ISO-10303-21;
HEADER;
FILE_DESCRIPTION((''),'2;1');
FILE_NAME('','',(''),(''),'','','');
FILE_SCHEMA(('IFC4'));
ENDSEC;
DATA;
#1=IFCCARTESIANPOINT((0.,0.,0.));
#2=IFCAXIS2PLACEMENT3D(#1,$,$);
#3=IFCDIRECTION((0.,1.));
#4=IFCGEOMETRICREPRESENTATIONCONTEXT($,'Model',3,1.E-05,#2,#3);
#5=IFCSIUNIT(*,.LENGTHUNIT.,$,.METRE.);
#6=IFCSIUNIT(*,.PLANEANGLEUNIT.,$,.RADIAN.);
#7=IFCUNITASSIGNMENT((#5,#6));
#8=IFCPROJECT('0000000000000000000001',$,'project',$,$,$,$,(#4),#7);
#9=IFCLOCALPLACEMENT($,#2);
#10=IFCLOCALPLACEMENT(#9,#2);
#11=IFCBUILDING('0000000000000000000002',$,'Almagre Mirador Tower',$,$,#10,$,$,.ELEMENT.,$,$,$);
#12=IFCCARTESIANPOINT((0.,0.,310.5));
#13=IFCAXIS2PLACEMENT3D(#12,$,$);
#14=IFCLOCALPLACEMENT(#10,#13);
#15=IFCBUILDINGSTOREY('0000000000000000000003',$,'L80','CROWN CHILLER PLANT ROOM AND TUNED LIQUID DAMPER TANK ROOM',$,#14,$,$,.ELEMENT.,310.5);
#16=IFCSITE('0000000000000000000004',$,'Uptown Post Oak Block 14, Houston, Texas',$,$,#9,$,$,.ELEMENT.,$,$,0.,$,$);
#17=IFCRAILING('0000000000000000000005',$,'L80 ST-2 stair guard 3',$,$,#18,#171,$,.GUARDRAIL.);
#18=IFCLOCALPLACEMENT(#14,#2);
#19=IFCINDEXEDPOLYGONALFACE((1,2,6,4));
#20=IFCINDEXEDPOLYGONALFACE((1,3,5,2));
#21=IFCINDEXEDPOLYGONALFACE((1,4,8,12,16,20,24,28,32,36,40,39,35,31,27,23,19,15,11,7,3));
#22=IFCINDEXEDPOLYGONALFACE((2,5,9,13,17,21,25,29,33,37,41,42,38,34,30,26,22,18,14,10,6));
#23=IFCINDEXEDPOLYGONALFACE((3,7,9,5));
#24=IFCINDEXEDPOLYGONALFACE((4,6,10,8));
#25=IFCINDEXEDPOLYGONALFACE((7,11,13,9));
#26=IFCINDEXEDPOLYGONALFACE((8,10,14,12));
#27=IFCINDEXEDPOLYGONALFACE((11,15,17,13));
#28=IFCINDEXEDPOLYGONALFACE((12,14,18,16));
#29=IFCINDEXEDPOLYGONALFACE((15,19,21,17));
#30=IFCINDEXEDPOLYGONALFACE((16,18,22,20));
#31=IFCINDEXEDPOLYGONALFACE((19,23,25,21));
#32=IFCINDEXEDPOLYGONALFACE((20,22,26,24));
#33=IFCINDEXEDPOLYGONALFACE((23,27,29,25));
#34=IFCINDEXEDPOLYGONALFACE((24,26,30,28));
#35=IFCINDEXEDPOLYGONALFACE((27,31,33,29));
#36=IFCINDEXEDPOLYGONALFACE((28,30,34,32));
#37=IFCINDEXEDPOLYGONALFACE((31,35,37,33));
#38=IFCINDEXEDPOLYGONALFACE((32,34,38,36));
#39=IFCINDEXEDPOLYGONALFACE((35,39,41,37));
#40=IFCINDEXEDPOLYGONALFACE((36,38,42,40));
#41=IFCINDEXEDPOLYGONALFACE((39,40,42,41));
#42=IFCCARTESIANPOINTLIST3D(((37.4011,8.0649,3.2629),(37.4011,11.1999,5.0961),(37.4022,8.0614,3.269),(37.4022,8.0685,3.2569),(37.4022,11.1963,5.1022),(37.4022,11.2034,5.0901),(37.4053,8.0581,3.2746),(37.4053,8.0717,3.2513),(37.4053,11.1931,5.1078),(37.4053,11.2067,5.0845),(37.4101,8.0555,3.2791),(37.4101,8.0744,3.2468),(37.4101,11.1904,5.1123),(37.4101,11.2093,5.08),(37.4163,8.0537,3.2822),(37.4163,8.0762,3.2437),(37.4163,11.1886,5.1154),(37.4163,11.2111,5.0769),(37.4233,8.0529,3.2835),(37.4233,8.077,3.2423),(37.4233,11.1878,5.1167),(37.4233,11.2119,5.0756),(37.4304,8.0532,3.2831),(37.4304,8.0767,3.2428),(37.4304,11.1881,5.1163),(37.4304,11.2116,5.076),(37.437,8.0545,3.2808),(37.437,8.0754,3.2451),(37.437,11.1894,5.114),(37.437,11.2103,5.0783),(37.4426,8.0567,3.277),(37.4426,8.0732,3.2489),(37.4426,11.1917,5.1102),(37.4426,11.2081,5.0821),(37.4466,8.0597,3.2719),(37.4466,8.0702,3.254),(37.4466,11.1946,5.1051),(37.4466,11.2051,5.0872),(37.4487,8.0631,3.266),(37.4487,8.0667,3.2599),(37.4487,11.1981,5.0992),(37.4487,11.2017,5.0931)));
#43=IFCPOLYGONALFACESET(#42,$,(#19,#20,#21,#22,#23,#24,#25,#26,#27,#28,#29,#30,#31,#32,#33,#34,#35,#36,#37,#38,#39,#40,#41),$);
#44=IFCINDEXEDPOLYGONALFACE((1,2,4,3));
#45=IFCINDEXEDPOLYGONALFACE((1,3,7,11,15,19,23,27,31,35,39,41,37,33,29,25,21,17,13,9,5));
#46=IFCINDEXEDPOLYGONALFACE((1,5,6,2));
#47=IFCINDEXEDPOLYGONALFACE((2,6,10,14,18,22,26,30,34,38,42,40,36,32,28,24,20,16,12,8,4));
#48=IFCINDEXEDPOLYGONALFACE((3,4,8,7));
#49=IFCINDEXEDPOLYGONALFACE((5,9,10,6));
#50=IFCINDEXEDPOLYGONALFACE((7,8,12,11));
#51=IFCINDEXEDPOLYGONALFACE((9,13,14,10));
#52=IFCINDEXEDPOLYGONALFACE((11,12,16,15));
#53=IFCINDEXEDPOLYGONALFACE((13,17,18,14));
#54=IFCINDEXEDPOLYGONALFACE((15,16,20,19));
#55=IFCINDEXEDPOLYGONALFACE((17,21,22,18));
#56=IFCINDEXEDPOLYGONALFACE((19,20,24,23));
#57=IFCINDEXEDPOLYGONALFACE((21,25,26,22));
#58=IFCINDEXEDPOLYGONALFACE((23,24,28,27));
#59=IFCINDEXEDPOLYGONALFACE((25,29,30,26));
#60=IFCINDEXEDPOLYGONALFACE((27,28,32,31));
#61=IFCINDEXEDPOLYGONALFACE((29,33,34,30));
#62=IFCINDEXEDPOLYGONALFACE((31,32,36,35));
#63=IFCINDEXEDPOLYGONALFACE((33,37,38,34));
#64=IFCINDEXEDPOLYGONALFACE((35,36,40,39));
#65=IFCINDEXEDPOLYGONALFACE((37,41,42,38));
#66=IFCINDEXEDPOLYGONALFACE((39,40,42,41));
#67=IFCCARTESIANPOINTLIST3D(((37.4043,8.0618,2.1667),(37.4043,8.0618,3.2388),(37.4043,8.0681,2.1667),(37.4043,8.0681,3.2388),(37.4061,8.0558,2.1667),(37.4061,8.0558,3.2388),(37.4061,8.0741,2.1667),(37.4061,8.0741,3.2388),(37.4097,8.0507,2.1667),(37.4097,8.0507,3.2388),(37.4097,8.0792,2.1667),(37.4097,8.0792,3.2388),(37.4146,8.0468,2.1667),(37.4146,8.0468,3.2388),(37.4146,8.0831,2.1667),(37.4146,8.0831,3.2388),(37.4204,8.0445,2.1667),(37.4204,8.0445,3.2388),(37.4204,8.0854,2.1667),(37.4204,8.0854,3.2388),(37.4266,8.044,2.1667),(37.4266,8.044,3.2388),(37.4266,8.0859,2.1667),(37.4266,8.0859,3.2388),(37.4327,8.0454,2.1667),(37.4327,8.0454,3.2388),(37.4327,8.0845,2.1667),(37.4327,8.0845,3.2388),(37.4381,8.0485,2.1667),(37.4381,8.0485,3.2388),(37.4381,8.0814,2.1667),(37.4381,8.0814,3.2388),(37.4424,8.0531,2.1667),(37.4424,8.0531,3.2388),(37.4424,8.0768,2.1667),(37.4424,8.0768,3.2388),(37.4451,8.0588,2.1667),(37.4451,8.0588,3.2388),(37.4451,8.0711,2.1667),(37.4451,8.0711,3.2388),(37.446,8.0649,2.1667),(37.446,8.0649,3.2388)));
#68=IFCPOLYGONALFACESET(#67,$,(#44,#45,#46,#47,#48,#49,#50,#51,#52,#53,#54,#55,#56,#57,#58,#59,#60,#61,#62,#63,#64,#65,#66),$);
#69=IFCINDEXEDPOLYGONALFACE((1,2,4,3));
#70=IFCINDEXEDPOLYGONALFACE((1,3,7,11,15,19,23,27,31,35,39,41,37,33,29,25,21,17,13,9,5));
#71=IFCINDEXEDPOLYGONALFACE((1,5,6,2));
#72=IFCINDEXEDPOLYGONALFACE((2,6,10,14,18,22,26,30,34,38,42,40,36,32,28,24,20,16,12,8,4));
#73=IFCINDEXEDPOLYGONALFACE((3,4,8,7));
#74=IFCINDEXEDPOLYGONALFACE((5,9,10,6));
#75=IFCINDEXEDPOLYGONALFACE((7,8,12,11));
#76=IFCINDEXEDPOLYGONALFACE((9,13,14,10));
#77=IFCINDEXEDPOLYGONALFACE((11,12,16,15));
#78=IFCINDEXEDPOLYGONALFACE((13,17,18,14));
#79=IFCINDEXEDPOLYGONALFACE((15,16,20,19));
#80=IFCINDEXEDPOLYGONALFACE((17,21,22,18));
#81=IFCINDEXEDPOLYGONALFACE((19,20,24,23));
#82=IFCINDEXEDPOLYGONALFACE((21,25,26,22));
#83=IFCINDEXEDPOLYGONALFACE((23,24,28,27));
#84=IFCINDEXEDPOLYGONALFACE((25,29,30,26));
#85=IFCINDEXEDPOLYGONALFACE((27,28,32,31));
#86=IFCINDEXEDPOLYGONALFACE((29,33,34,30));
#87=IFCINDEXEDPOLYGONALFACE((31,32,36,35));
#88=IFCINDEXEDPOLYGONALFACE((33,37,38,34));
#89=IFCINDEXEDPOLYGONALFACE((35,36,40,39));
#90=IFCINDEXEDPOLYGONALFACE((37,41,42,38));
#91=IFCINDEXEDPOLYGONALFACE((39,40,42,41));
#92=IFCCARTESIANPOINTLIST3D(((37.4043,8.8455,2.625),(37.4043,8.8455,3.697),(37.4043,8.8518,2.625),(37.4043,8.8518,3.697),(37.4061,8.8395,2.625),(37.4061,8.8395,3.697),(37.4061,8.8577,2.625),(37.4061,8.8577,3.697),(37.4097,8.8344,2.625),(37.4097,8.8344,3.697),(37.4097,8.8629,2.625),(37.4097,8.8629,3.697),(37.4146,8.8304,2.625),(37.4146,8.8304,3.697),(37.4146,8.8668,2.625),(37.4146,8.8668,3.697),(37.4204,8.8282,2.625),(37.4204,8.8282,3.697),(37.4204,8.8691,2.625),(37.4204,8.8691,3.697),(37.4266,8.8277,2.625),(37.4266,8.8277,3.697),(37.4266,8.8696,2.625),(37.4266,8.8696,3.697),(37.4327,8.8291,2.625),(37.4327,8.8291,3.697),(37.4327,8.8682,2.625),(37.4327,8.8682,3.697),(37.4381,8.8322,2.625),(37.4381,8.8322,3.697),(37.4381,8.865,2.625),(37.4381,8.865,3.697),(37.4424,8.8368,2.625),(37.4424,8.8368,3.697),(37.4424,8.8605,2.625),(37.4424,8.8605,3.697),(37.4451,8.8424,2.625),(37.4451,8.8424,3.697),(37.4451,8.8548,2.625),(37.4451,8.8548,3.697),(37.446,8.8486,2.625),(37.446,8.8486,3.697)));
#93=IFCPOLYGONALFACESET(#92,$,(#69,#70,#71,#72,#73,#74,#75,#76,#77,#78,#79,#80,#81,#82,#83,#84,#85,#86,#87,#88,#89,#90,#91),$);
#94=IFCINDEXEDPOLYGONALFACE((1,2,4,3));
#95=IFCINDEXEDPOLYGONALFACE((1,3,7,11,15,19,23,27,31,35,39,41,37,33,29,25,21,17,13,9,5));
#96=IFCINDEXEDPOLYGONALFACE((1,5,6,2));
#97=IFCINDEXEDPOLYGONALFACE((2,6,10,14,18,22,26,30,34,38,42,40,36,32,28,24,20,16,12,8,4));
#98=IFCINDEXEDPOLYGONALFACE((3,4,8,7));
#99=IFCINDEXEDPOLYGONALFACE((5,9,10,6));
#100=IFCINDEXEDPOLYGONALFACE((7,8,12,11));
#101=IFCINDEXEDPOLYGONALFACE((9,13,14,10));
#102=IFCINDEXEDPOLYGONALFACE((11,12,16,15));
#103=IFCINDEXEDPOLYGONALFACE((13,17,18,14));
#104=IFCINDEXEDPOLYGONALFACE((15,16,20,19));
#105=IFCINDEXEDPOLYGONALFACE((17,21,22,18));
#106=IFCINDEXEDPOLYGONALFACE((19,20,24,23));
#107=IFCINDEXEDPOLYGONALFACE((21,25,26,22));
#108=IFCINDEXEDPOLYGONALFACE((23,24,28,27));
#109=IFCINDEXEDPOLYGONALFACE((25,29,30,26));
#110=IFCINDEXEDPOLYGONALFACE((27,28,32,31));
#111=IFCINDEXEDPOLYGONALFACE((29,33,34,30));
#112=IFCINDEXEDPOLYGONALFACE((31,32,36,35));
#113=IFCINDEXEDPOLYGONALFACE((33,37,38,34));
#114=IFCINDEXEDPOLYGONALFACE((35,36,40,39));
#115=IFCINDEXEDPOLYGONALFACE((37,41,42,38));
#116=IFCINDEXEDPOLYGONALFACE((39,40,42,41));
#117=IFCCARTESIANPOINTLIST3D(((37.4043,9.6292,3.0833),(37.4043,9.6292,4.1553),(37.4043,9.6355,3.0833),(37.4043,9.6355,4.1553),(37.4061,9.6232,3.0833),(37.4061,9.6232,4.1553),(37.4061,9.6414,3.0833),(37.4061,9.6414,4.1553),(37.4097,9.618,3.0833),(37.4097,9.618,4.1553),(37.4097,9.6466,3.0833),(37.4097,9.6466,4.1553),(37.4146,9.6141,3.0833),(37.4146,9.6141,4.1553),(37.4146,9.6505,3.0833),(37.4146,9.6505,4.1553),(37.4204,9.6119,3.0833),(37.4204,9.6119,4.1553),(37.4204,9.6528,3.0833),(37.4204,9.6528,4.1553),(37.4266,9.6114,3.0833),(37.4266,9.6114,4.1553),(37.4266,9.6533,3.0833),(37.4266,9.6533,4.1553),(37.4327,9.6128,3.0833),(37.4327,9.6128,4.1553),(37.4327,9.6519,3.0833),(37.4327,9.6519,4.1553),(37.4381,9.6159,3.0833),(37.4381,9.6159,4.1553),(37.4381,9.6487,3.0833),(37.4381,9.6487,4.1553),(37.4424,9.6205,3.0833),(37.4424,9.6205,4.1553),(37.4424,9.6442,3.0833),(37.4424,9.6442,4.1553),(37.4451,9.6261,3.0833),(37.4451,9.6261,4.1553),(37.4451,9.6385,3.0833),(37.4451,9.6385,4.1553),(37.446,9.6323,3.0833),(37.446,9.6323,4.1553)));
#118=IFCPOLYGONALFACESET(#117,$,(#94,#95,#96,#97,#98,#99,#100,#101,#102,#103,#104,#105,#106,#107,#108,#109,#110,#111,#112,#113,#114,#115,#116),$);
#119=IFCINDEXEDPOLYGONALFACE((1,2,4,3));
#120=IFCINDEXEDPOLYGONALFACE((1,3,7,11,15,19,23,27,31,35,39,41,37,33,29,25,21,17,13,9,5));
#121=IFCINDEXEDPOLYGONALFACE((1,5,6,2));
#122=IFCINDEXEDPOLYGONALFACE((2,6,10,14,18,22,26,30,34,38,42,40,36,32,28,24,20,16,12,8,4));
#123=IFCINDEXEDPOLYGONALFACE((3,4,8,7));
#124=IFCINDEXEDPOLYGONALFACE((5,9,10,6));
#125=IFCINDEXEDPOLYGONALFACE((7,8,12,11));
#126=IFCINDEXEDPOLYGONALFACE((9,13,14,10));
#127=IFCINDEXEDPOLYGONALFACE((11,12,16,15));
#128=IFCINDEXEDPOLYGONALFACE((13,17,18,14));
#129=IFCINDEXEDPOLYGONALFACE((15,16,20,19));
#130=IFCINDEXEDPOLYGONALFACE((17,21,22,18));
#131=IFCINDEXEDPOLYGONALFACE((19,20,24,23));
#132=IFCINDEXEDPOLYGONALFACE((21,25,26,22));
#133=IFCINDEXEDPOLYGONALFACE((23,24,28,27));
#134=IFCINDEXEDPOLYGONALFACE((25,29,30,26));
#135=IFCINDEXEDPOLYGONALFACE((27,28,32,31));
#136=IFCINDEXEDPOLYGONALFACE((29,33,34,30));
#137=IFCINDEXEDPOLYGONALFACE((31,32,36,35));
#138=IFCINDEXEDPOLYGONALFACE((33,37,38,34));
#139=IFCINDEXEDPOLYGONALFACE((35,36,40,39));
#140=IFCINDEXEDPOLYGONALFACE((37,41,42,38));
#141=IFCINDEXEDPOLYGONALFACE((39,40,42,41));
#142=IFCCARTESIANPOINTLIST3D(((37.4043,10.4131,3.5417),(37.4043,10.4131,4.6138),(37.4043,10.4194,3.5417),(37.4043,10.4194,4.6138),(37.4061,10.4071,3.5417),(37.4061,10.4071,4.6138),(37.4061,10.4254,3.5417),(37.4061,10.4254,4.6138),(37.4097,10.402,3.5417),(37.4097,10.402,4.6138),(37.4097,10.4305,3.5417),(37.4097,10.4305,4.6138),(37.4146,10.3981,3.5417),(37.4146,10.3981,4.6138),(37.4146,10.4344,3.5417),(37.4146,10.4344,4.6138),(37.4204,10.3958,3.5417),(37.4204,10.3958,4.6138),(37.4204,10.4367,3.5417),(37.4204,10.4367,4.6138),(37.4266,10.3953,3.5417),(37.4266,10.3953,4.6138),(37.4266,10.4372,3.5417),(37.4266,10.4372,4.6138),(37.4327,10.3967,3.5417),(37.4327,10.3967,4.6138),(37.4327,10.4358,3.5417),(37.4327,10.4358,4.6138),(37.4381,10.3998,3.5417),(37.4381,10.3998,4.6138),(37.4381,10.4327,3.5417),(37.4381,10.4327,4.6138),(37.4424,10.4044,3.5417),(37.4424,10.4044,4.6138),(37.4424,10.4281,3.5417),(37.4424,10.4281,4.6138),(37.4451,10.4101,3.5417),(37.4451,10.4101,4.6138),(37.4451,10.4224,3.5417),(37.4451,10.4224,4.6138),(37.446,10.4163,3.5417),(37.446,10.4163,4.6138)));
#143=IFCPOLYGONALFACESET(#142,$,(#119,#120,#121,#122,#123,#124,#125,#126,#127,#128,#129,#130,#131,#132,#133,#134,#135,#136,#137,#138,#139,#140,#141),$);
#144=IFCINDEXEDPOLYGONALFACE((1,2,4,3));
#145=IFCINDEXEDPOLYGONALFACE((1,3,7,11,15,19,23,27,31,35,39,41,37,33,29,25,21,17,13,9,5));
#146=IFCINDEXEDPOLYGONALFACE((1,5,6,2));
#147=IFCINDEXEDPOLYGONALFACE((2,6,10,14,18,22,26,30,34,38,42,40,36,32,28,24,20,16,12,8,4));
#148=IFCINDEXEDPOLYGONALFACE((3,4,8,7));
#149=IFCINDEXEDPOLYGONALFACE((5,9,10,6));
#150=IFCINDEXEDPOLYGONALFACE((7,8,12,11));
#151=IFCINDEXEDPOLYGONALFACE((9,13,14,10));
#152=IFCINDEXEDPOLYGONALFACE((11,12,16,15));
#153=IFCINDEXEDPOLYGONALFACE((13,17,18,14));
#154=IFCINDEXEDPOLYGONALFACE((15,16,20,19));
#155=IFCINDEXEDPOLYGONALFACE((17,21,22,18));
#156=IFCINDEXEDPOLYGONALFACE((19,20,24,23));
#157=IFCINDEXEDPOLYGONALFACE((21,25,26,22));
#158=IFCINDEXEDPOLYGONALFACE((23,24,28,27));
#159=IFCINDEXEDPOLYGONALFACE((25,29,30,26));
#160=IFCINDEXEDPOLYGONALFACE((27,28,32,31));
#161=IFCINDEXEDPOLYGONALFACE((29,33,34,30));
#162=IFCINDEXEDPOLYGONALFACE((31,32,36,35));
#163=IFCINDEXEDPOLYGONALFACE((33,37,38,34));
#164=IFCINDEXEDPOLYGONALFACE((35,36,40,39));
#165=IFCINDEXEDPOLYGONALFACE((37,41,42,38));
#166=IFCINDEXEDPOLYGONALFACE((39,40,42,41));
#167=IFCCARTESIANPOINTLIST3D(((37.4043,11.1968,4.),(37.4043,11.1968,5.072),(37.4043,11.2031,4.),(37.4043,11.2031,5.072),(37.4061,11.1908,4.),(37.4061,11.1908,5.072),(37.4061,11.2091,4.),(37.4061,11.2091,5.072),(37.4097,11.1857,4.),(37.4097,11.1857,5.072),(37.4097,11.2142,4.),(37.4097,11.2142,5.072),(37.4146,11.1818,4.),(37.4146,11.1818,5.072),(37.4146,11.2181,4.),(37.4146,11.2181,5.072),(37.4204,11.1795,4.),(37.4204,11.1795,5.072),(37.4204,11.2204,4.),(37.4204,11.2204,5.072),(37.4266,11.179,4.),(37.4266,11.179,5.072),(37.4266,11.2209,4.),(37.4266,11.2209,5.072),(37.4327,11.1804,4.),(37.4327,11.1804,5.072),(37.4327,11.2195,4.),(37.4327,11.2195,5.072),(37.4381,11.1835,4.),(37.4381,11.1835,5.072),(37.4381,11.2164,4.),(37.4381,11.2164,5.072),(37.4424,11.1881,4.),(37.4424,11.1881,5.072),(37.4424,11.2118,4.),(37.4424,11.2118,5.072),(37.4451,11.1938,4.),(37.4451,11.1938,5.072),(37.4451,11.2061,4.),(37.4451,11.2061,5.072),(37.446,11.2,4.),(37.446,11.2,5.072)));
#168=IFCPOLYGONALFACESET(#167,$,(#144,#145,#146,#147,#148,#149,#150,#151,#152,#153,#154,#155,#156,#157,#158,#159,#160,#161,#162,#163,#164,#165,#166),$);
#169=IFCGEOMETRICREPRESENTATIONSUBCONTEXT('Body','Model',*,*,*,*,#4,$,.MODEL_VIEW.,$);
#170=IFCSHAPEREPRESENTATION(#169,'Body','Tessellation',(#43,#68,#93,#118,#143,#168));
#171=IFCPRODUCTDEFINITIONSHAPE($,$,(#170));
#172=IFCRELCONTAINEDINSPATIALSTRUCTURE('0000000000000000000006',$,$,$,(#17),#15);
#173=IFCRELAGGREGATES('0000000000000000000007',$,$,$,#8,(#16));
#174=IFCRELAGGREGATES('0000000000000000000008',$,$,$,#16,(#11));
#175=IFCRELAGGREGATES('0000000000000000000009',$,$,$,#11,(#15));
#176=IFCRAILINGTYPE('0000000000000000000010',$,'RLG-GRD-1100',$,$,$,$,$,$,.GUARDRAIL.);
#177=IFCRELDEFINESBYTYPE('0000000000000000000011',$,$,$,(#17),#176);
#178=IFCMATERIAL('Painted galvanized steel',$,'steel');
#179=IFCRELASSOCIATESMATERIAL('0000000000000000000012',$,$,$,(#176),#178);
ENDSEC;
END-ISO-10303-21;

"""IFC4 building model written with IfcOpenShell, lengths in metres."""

from ifc_helpers import new_model, si_unit, direction, frame, origin, origin_2d, place, context, subcontext, project, spatial, circle, extrude, material, type_object, element, save


model = new_model("IFC4")

# Units and contexts
model_context = context("Model", 3, precision=1e-05, world=origin(), true_north=direction((0.0, 1.0)))
body_context = subcontext(model_context, "Body", "Model", "MODEL_VIEW")
ifc_project = project(units=[si_unit("LENGTHUNIT", "METRE"), si_unit("PLANEANGLEUNIT", "RADIAN")], contexts=[model_context])

# Site, building, storey
site_placement = place(None, origin())
site = spatial("IfcSite", under=ifc_project, at=site_placement, Name="Uptown Post Oak Block 14, Houston, Texas", CompositionType="ELEMENT", RefElevation=0.0)
building_placement = place(site_placement, origin())
building = spatial("IfcBuilding", under=site, at=building_placement, Name="Almagre Mirador Tower", CompositionType="ELEMENT")
storey_placement = place(building_placement, frame((0.0, 0.0, 310.5)))
storey = spatial("IfcBuildingStorey", under=building, at=storey_placement, Name="L80", Description="CROWN CHILLER PLANT ROOM AND TUNED LIQUID DAMPER TANK ROOM", CompositionType="ELEMENT", Elevation=310.5)

# Railing
ifc_material_1 = material(Name="Painted galvanized steel", Category="steel")
railing_type_1 = type_object("IfcRailingType", Name="RLG-GRD-1100", PredefinedType="GUARDRAIL", material=ifc_material_1)
railing_1_placement = place(storey_placement, frame((37.425, 8.0649, 2.1667)))
element("IfcRailing", 1, at=railing_1_placement, inside=storey, type_object=railing_type_1, Name="L80 ST-2 stair guard 3", PredefinedType="GUARDRAIL", context=body_context, shape_type="SweptSolid", body=[
    extrude(circle(Radius=0.0239, at=origin_2d()), frame((0.0, 0.0, 1.0962), z_axis=(0.0, 0.86324, 0.504794), x_axis=(-1.0, 0.0, 0.0)), (0.0, 0.0, 1.0), 3.6316),
    extrude(circle(Radius=0.021, at=origin_2d()), origin(), (0.0, 0.0, 1.0), 1.072),
    extrude(circle(Radius=0.021, at=origin_2d()), frame((0.0, 0.7837, 0.4583)), (0.0, 0.0, 1.0), 1.072),
    extrude(circle(Radius=0.021, at=origin_2d()), frame((0.0, 1.5674, 0.9165)), (0.0, 0.0, 1.0), 1.072),
    extrude(circle(Radius=0.021, at=origin_2d()), frame((0.0, 2.3513, 1.375)), (0.0, 0.0, 1.0), 1.072),
    extrude(circle(Radius=0.021, at=origin_2d()), frame((0.0, 3.135, 1.8333)), (0.0, 0.0, 1.0), 1.072),
])

save(model, "model.ifc")
